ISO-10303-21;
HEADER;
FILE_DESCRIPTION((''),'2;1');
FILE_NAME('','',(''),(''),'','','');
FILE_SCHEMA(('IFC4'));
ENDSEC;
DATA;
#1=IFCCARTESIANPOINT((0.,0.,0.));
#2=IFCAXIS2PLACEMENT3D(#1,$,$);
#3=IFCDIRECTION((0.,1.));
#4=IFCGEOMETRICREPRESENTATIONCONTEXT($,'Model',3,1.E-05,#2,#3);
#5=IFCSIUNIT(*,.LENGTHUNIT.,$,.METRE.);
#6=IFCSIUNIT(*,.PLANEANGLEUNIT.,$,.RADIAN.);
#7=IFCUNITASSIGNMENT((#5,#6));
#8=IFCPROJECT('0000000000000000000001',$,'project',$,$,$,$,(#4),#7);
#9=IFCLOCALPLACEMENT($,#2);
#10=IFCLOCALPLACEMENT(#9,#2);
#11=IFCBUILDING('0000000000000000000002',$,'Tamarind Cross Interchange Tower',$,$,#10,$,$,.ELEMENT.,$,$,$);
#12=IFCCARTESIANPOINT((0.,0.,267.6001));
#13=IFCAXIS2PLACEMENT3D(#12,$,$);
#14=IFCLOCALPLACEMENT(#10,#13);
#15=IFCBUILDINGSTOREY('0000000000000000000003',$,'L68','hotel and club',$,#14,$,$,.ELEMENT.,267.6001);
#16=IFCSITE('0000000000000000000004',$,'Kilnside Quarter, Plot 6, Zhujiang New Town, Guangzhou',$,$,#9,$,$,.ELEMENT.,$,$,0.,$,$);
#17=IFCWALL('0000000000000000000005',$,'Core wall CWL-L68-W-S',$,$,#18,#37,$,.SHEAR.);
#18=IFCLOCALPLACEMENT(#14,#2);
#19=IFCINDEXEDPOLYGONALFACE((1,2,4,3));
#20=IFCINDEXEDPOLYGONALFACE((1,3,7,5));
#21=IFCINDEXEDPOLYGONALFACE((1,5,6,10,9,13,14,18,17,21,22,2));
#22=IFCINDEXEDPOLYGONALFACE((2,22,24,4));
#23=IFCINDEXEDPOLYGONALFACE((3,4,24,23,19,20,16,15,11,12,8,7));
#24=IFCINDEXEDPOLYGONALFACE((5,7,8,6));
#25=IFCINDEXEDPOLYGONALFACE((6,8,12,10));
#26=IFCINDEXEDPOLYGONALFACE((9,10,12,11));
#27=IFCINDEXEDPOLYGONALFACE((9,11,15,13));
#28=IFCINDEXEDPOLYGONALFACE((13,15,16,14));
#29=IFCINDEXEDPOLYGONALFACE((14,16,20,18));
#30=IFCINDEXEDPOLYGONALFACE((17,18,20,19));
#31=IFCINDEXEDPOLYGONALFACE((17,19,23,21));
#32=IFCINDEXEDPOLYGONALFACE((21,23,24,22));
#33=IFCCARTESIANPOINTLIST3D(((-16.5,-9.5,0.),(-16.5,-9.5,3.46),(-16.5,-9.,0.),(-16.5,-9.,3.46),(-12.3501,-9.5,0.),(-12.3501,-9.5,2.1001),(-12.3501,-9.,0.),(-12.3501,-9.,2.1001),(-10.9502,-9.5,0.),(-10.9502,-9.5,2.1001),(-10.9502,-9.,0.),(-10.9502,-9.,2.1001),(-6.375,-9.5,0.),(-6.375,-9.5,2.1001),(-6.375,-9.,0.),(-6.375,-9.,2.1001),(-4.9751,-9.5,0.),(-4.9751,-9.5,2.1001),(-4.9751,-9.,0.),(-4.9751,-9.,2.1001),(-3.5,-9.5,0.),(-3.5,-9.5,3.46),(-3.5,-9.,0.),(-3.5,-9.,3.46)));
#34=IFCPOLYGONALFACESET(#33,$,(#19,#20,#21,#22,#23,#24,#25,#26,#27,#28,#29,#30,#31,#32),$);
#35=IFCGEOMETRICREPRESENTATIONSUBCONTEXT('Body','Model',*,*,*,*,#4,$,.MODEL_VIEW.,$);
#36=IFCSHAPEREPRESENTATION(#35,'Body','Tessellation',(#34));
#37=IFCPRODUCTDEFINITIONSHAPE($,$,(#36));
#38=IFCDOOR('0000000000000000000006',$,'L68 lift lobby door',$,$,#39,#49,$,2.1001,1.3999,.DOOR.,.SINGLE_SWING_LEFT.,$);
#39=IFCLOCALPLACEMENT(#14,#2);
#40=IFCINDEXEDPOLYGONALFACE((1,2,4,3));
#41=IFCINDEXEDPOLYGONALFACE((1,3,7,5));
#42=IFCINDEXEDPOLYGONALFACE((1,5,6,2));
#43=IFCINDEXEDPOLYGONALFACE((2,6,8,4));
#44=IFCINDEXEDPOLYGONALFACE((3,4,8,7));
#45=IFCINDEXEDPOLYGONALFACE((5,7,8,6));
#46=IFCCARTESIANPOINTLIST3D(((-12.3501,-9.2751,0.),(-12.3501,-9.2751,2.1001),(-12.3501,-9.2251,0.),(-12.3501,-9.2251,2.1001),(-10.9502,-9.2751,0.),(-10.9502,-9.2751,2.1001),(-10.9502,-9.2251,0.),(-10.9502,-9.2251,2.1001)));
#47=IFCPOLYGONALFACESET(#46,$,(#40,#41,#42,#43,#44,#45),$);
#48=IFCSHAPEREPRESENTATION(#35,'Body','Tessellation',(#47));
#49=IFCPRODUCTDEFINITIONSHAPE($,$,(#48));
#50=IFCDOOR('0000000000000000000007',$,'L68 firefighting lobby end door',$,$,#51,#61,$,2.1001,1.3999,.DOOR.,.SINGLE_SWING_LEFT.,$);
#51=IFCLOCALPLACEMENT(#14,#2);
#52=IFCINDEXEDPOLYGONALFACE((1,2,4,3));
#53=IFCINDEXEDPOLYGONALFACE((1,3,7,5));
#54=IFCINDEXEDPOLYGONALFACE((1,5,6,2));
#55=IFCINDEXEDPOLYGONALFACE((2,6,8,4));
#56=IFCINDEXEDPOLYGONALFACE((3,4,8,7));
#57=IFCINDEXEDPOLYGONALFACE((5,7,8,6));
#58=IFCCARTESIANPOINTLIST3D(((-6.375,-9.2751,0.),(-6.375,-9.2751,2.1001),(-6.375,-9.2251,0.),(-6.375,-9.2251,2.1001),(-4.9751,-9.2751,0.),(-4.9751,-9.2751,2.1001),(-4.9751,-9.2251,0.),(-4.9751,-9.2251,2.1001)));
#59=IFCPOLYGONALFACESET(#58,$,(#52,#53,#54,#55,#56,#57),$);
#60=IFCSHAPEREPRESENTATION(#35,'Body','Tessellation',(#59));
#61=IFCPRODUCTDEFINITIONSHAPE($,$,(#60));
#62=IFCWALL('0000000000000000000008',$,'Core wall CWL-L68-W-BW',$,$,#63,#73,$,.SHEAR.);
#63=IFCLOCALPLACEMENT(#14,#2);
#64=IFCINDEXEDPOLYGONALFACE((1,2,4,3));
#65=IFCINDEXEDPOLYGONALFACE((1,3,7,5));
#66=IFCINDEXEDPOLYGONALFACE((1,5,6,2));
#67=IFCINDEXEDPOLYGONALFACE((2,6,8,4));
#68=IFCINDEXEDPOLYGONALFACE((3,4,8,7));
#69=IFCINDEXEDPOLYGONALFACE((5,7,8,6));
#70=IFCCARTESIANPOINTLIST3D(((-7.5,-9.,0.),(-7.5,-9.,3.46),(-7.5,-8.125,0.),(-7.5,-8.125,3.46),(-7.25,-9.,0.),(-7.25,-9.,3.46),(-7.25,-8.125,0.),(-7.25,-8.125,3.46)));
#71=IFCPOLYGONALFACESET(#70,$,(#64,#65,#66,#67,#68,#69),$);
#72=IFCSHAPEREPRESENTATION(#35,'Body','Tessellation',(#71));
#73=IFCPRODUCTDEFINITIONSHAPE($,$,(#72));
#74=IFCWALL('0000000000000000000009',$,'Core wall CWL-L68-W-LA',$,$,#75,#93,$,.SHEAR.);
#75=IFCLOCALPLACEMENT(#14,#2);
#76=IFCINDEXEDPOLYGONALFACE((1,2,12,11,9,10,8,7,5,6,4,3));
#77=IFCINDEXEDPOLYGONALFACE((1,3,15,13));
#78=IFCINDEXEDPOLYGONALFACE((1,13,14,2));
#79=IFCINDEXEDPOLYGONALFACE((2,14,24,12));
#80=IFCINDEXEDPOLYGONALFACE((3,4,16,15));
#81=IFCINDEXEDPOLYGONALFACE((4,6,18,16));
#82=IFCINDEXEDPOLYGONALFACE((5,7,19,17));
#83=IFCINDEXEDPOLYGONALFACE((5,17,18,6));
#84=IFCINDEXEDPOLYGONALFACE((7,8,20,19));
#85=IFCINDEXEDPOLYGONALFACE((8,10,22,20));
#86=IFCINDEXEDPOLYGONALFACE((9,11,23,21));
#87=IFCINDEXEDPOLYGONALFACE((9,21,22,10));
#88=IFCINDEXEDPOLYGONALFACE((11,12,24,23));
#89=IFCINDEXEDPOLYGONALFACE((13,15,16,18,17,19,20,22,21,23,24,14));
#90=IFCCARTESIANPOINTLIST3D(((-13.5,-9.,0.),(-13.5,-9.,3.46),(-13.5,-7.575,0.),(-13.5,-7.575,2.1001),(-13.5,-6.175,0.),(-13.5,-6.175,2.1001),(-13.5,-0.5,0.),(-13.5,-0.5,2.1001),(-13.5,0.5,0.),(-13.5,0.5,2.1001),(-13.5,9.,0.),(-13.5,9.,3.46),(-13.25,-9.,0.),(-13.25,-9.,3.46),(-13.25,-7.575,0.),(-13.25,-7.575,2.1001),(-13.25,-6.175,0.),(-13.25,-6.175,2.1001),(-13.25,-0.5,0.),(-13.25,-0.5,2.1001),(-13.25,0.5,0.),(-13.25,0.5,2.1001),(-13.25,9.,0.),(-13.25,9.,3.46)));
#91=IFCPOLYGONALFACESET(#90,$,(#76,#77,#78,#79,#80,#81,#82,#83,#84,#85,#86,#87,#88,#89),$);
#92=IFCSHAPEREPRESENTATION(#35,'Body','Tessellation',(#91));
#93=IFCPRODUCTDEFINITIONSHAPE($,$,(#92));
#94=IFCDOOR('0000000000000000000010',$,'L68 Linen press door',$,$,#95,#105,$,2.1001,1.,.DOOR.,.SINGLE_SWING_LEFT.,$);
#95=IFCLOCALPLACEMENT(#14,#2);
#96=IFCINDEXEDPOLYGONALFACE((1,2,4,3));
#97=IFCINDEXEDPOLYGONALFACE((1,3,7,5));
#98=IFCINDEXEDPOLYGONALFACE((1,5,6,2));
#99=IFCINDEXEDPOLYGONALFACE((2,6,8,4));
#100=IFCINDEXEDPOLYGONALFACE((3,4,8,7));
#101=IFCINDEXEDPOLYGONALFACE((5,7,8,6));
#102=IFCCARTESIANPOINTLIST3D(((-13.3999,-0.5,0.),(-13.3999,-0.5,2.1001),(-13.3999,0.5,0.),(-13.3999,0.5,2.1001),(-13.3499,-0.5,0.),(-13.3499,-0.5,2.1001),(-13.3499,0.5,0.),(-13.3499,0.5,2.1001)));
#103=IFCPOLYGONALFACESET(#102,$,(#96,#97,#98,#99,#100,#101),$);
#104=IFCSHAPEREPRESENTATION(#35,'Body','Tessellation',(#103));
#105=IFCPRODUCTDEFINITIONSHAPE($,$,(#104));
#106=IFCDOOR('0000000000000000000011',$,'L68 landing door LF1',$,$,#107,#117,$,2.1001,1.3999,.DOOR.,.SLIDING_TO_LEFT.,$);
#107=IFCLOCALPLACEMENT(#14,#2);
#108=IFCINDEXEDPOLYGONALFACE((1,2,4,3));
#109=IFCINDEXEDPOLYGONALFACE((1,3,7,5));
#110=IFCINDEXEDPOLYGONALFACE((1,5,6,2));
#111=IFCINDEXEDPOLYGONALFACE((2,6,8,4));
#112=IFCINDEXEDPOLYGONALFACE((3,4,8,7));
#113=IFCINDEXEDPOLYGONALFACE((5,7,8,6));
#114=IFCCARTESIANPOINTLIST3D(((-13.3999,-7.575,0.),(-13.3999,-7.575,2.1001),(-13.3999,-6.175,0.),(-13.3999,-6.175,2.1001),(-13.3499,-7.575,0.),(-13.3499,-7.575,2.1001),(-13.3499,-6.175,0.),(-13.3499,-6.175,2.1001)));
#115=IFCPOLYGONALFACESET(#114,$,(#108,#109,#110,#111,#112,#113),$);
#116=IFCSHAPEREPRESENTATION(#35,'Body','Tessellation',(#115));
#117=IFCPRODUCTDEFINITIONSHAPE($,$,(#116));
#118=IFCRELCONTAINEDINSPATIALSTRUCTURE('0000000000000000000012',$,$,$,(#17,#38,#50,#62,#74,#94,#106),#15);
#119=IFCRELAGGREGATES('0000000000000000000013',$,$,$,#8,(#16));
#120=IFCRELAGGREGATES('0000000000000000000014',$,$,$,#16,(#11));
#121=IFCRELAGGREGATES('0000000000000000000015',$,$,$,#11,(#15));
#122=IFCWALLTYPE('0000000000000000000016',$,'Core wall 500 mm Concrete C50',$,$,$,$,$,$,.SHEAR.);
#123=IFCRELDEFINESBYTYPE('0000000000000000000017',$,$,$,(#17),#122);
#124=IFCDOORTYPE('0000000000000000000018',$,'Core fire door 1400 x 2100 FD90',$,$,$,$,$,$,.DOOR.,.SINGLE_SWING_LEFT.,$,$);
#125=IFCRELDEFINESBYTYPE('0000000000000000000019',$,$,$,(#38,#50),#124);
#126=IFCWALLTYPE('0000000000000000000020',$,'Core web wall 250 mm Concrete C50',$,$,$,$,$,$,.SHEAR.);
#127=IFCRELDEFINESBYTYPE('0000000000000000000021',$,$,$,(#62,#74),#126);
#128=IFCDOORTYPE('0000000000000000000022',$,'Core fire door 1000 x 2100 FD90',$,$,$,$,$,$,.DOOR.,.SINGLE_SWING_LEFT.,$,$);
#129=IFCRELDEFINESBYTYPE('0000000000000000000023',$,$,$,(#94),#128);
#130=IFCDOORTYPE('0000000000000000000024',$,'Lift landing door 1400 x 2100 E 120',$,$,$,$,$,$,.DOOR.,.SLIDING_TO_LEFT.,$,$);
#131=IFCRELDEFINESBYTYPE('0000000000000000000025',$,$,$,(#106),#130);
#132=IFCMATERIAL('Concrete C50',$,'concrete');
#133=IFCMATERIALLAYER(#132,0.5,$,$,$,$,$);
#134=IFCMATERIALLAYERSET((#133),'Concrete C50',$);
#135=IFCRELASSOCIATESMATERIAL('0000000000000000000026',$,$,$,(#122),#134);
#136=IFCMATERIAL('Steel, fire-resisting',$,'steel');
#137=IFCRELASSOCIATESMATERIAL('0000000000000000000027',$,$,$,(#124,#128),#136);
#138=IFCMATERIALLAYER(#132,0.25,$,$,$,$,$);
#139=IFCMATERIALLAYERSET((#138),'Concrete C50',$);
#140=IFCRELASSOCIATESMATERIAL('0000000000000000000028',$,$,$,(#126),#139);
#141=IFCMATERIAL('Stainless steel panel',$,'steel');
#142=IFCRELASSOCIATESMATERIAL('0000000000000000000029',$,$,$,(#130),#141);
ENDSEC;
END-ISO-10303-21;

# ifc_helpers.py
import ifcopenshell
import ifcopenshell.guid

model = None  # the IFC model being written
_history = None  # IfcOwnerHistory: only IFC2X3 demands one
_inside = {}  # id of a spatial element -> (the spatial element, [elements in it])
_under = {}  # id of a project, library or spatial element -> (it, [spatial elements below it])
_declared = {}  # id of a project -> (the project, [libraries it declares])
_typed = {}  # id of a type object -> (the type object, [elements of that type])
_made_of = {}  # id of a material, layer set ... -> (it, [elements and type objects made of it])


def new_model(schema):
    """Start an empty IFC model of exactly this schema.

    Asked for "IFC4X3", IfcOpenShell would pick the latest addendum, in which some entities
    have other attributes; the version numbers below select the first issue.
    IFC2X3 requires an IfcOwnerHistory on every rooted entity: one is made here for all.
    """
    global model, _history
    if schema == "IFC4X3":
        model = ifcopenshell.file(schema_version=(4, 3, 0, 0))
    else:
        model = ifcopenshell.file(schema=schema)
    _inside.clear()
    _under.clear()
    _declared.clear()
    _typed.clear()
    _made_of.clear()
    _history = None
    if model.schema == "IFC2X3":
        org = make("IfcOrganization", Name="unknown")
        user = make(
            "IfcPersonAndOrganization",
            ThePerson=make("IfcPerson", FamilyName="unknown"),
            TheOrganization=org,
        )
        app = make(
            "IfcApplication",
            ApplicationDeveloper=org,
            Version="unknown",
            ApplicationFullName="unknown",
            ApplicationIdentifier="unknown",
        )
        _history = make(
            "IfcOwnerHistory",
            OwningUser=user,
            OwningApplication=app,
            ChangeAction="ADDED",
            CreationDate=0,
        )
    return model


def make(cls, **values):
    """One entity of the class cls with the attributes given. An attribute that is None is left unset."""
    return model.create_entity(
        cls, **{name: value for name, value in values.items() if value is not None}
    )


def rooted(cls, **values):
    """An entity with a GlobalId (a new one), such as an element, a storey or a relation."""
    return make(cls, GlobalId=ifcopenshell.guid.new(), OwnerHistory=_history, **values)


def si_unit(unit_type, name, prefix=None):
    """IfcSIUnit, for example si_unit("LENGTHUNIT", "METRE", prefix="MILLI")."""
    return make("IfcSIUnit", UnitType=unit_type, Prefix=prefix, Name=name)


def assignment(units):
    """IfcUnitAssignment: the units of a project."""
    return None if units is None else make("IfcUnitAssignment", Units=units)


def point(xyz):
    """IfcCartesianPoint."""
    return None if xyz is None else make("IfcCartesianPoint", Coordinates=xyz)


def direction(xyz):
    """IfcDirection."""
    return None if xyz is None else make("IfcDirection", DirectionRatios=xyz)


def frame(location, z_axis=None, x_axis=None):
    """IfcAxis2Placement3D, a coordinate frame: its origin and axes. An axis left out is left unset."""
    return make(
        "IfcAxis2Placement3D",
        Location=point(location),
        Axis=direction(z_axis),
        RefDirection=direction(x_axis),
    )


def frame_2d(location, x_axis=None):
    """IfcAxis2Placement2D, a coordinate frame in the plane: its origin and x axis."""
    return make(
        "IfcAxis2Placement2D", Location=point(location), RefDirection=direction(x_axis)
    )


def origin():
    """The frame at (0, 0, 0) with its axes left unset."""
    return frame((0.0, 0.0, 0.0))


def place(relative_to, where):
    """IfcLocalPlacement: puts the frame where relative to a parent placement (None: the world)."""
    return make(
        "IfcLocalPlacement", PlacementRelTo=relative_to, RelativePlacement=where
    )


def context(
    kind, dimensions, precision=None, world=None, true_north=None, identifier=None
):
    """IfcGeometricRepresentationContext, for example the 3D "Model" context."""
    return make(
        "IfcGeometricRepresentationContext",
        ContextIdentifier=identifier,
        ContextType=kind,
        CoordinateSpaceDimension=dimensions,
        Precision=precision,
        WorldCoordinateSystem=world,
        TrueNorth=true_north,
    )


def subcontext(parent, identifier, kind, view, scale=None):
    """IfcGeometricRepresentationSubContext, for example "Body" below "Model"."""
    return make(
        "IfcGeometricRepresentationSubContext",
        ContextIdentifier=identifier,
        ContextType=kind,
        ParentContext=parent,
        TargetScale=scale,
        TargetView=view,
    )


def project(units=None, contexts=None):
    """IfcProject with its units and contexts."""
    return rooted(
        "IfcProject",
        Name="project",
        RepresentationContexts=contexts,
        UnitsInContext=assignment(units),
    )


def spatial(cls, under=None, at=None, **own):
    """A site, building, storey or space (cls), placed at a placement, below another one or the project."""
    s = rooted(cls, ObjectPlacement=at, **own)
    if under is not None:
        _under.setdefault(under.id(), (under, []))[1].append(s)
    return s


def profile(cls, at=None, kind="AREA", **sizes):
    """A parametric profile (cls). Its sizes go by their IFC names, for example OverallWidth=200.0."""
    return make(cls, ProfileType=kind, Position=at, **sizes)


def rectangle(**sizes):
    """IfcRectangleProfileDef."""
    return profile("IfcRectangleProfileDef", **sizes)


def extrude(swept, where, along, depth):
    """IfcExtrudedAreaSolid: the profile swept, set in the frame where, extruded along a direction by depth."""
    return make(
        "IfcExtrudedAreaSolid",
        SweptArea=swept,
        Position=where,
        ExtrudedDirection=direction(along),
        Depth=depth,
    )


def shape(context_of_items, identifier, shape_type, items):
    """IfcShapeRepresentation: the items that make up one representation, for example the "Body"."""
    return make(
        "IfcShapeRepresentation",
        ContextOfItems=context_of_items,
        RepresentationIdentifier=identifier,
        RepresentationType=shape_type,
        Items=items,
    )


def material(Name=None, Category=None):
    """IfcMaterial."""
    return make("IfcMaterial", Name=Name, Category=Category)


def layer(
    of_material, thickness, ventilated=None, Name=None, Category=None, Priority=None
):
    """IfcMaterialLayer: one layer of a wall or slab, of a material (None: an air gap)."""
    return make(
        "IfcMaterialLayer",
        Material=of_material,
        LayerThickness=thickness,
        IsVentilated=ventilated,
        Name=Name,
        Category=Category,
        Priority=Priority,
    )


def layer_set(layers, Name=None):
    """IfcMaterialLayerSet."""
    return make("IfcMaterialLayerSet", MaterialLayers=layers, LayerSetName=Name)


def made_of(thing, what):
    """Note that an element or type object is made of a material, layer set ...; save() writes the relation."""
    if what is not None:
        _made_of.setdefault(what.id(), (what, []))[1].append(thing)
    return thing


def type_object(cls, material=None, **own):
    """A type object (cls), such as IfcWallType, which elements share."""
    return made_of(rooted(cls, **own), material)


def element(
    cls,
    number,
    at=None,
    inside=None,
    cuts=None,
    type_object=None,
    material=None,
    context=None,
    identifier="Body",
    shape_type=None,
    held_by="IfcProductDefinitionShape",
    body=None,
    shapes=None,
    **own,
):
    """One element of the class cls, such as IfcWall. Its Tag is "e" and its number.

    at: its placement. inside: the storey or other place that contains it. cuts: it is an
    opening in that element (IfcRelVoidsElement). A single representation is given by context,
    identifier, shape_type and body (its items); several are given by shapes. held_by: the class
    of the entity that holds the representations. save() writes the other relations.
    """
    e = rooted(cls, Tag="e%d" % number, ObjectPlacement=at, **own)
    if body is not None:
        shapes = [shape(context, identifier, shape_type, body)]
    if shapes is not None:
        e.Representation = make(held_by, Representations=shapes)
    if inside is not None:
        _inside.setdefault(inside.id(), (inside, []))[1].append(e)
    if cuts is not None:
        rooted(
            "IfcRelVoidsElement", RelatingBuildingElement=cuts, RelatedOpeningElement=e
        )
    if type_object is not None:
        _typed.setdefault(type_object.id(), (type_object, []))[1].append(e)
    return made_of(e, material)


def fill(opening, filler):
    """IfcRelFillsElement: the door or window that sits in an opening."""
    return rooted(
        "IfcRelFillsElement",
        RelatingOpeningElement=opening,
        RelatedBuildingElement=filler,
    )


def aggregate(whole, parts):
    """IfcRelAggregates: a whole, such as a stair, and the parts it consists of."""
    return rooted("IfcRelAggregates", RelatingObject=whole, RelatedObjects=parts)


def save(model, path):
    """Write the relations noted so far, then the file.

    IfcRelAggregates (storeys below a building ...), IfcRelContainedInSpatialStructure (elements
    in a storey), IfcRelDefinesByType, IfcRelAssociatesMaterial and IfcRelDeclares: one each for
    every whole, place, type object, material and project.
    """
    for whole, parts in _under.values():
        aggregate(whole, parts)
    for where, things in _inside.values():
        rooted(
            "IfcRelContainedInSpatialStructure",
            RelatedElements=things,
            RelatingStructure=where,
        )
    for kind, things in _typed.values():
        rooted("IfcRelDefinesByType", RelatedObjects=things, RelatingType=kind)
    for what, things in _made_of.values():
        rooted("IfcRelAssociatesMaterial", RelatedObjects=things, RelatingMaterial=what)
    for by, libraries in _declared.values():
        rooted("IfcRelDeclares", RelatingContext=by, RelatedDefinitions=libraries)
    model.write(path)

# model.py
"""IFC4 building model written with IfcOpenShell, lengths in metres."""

from ifc_helpers import new_model, si_unit, direction, frame, frame_2d, origin, place, context, subcontext, project, spatial, rectangle, extrude, material, layer, layer_set, type_object, element, fill, save


model = new_model("IFC4")

# Units and contexts
model_context = context("Model", 3, precision=1e-05, world=origin(), true_north=direction((0.0, 1.0)))
body_context = subcontext(model_context, "Body", "Model", "MODEL_VIEW")
ifc_project = project(units=[si_unit("LENGTHUNIT", "METRE"), si_unit("PLANEANGLEUNIT", "RADIAN")], contexts=[model_context])

# Site, building, storey
site_placement = place(None, origin())
site = spatial("IfcSite", under=ifc_project, at=site_placement, Name="Kilnside Quarter, Plot 6, Zhujiang New Town, Guangzhou", CompositionType="ELEMENT", RefElevation=0.0)
building_placement = place(site_placement, origin())
building = spatial("IfcBuilding", under=site, at=building_placement, Name="Tamarind Cross Interchange Tower", CompositionType="ELEMENT")
storey_placement = place(building_placement, frame((0.0, 0.0, 267.6001)))
storey = spatial("IfcBuildingStorey", under=building, at=storey_placement, Name="L68", Description="hotel and club", CompositionType="ELEMENT", Elevation=267.6001)

# Wall, openings, doors
ifc_material_1 = material(Name="Concrete C50", Category="concrete")
ifc_layer_1 = layer(ifc_material_1, 0.5)
ifc_layer_set_1 = layer_set([ifc_layer_1], Name="Concrete C50")
wall_type_1 = type_object("IfcWallType", Name="Core wall 500 mm Concrete C50", PredefinedType="SHEAR", material=ifc_layer_set_1)
wall_1_placement = place(storey_placement, frame((-16.5, -9.25, 0.0), z_axis=(0.0, 0.0, 1.0), x_axis=(1.0, 0.0, 0.0)))
wall_1 = element("IfcWall", 1, at=wall_1_placement, inside=storey, type_object=wall_type_1, Name="Core wall CWL-L68-W-S", PredefinedType="SHEAR", context=body_context, shape_type="SweptSolid", body=[
    extrude(rectangle(XDim=13.0, YDim=0.5, at=frame_2d((6.5, 0.0))), origin(), (0.0, 0.0, 1.0), 3.46),
])
opening_1_placement = place(wall_1_placement, frame((4.1499, 0.0, 0.0)))
opening_1 = element("IfcOpeningElement", 2, at=opening_1_placement, cuts=wall_1, PredefinedType="OPENING", context=body_context, shape_type="SweptSolid", body=[
    extrude(rectangle(XDim=1.3999, YDim=2.1001, at=frame_2d((0.7, 1.05))), frame((0.0, 0.26, 0.0), z_axis=(0.0, -1.0, 0.0), x_axis=(1.0, 0.0, 0.0)), (0.0, 0.0, 1.0), 0.52),
])
opening_2_placement = place(wall_1_placement, frame((10.125, 0.0, 0.0)))
opening_2 = element("IfcOpeningElement", 3, at=opening_2_placement, cuts=wall_1, PredefinedType="OPENING", context=body_context, shape_type="SweptSolid", body=[
    extrude(rectangle(XDim=1.3999, YDim=2.1001, at=frame_2d((0.7, 1.05))), frame((0.0, 0.26, 0.0), z_axis=(0.0, -1.0, 0.0), x_axis=(1.0, 0.0, 0.0)), (0.0, 0.0, 1.0), 0.52),
])
ifc_material_2 = material(Name="Steel, fire-resisting", Category="steel")
door_type_1 = type_object("IfcDoorType", Name="Core fire door 1400 x 2100 FD90", OperationType="SINGLE_SWING_LEFT", PredefinedType="DOOR", material=ifc_material_2)
door_1_placement = place(opening_1_placement, origin())
door_1 = element("IfcDoor", 4, at=door_1_placement, inside=storey, type_object=door_type_1, Name="L68 lift lobby door", OperationType="SINGLE_SWING_LEFT", OverallHeight=2.1001, OverallWidth=1.3999, PredefinedType="DOOR", context=body_context, shape_type="SweptSolid", body=[
    extrude(rectangle(XDim=1.3999, YDim=2.1001, at=frame_2d((0.7, 1.05))), frame((0.0, 0.0249, 0.0), z_axis=(0.0, -1.0, 0.0), x_axis=(1.0, 0.0, 0.0)), (0.0, 0.0, 1.0), 0.05),
])
fill(opening_1, door_1)
door_2_placement = place(opening_2_placement, origin())
door_2 = element("IfcDoor", 5, at=door_2_placement, inside=storey, type_object=door_type_1, Name="L68 firefighting lobby end door", OperationType="SINGLE_SWING_LEFT", OverallHeight=2.1001, OverallWidth=1.3999, PredefinedType="DOOR", context=body_context, shape_type="SweptSolid", body=[
    extrude(rectangle(XDim=1.3999, YDim=2.1001, at=frame_2d((0.7, 1.05))), frame((0.0, 0.0249, 0.0), z_axis=(0.0, -1.0, 0.0), x_axis=(1.0, 0.0, 0.0)), (0.0, 0.0, 1.0), 0.05),
])
fill(opening_2, door_2)

# Wall
ifc_layer_2 = layer(ifc_material_1, 0.25)
ifc_layer_set_2 = layer_set([ifc_layer_2], Name="Concrete C50")
wall_type_2 = type_object("IfcWallType", Name="Core web wall 250 mm Concrete C50", PredefinedType="SHEAR", material=ifc_layer_set_2)
wall_2_placement = place(storey_placement, frame((-7.375, -9.0, 0.0), z_axis=(0.0, 0.0, 1.0), x_axis=(0.0, 1.0, 0.0)))
element("IfcWall", 6, at=wall_2_placement, inside=storey, type_object=wall_type_2, Name="Core wall CWL-L68-W-BW", PredefinedType="SHEAR", context=body_context, shape_type="SweptSolid", body=[
    extrude(rectangle(XDim=0.875, YDim=0.25, at=frame_2d((0.4375, 0.0))), origin(), (0.0, 0.0, 1.0), 3.46),
])

# Wall, openings, doors
wall_3_placement = place(storey_placement, frame((-13.375, -9.0, 0.0), z_axis=(0.0, 0.0, 1.0), x_axis=(0.0, 1.0, 0.0)))
wall_3 = element("IfcWall", 7, at=wall_3_placement, inside=storey, type_object=wall_type_2, Name="Core wall CWL-L68-W-LA", PredefinedType="SHEAR", context=body_context, shape_type="SweptSolid", body=[
    extrude(rectangle(XDim=18.0, YDim=0.25, at=frame_2d((9.0, 0.0))), origin(), (0.0, 0.0, 1.0), 3.46),
])
opening_3_placement = place(wall_3_placement, frame((1.425, 0.0, 0.0)))
opening_3 = element("IfcOpeningElement", 8, at=opening_3_placement, cuts=wall_3, PredefinedType="OPENING", context=body_context, shape_type="SweptSolid", body=[
    extrude(rectangle(XDim=1.3999, YDim=2.1001, at=frame_2d((0.7, 1.05))), frame((0.0, 0.135, 0.0), z_axis=(0.0, -1.0, 0.0), x_axis=(1.0, 0.0, 0.0)), (0.0, 0.0, 1.0), 0.27),
])
opening_4_placement = place(wall_3_placement, frame((8.5, 0.0, 0.0)))
opening_4 = element("IfcOpeningElement", 9, at=opening_4_placement, cuts=wall_3, PredefinedType="OPENING", context=body_context, shape_type="SweptSolid", body=[
    extrude(rectangle(XDim=1.0, YDim=2.1001, at=frame_2d((0.5, 1.05))), frame((0.0, 0.135, 0.0), z_axis=(0.0, -1.0, 0.0), x_axis=(1.0, 0.0, 0.0)), (0.0, 0.0, 1.0), 0.27),
])
door_type_2 = type_object("IfcDoorType", Name="Core fire door 1000 x 2100 FD90", OperationType="SINGLE_SWING_LEFT", PredefinedType="DOOR", material=ifc_material_2)
door_3_placement = place(opening_4_placement, origin())
door_3 = element("IfcDoor", 10, at=door_3_placement, inside=storey, type_object=door_type_2, Name="L68 Linen press door", OperationType="SINGLE_SWING_LEFT", OverallHeight=2.1001, OverallWidth=1.0, PredefinedType="DOOR", context=body_context, shape_type="SweptSolid", body=[
    extrude(rectangle(XDim=1.0, YDim=2.1001, at=frame_2d((0.5, 1.05))), frame((0.0, 0.0249, 0.0), z_axis=(0.0, -1.0, 0.0), x_axis=(1.0, 0.0, 0.0)), (0.0, 0.0, 1.0), 0.05),
])
fill(opening_4, door_3)
ifc_material_3 = material(Name="Stainless steel panel", Category="steel")
door_type_3 = type_object("IfcDoorType", Name="Lift landing door 1400 x 2100 E 120", OperationType="SLIDING_TO_LEFT", PredefinedType="DOOR", material=ifc_material_3)
door_4_placement = place(opening_3_placement, origin())
door_4 = element("IfcDoor", 11, at=door_4_placement, inside=storey, type_object=door_type_3, Name="L68 landing door LF1", OperationType="SLIDING_TO_LEFT", OverallHeight=2.1001, OverallWidth=1.3999, PredefinedType="DOOR", context=body_context, shape_type="SweptSolid", body=[
    extrude(rectangle(XDim=1.3999, YDim=2.1001, at=frame_2d((0.7, 1.05))), frame((0.0, 0.0249, 0.0), z_axis=(0.0, -1.0, 0.0), x_axis=(1.0, 0.0, 0.0)), (0.0, 0.0, 1.0), 0.05),
])
fill(opening_3, door_4)

save(model, "model.ifc")
